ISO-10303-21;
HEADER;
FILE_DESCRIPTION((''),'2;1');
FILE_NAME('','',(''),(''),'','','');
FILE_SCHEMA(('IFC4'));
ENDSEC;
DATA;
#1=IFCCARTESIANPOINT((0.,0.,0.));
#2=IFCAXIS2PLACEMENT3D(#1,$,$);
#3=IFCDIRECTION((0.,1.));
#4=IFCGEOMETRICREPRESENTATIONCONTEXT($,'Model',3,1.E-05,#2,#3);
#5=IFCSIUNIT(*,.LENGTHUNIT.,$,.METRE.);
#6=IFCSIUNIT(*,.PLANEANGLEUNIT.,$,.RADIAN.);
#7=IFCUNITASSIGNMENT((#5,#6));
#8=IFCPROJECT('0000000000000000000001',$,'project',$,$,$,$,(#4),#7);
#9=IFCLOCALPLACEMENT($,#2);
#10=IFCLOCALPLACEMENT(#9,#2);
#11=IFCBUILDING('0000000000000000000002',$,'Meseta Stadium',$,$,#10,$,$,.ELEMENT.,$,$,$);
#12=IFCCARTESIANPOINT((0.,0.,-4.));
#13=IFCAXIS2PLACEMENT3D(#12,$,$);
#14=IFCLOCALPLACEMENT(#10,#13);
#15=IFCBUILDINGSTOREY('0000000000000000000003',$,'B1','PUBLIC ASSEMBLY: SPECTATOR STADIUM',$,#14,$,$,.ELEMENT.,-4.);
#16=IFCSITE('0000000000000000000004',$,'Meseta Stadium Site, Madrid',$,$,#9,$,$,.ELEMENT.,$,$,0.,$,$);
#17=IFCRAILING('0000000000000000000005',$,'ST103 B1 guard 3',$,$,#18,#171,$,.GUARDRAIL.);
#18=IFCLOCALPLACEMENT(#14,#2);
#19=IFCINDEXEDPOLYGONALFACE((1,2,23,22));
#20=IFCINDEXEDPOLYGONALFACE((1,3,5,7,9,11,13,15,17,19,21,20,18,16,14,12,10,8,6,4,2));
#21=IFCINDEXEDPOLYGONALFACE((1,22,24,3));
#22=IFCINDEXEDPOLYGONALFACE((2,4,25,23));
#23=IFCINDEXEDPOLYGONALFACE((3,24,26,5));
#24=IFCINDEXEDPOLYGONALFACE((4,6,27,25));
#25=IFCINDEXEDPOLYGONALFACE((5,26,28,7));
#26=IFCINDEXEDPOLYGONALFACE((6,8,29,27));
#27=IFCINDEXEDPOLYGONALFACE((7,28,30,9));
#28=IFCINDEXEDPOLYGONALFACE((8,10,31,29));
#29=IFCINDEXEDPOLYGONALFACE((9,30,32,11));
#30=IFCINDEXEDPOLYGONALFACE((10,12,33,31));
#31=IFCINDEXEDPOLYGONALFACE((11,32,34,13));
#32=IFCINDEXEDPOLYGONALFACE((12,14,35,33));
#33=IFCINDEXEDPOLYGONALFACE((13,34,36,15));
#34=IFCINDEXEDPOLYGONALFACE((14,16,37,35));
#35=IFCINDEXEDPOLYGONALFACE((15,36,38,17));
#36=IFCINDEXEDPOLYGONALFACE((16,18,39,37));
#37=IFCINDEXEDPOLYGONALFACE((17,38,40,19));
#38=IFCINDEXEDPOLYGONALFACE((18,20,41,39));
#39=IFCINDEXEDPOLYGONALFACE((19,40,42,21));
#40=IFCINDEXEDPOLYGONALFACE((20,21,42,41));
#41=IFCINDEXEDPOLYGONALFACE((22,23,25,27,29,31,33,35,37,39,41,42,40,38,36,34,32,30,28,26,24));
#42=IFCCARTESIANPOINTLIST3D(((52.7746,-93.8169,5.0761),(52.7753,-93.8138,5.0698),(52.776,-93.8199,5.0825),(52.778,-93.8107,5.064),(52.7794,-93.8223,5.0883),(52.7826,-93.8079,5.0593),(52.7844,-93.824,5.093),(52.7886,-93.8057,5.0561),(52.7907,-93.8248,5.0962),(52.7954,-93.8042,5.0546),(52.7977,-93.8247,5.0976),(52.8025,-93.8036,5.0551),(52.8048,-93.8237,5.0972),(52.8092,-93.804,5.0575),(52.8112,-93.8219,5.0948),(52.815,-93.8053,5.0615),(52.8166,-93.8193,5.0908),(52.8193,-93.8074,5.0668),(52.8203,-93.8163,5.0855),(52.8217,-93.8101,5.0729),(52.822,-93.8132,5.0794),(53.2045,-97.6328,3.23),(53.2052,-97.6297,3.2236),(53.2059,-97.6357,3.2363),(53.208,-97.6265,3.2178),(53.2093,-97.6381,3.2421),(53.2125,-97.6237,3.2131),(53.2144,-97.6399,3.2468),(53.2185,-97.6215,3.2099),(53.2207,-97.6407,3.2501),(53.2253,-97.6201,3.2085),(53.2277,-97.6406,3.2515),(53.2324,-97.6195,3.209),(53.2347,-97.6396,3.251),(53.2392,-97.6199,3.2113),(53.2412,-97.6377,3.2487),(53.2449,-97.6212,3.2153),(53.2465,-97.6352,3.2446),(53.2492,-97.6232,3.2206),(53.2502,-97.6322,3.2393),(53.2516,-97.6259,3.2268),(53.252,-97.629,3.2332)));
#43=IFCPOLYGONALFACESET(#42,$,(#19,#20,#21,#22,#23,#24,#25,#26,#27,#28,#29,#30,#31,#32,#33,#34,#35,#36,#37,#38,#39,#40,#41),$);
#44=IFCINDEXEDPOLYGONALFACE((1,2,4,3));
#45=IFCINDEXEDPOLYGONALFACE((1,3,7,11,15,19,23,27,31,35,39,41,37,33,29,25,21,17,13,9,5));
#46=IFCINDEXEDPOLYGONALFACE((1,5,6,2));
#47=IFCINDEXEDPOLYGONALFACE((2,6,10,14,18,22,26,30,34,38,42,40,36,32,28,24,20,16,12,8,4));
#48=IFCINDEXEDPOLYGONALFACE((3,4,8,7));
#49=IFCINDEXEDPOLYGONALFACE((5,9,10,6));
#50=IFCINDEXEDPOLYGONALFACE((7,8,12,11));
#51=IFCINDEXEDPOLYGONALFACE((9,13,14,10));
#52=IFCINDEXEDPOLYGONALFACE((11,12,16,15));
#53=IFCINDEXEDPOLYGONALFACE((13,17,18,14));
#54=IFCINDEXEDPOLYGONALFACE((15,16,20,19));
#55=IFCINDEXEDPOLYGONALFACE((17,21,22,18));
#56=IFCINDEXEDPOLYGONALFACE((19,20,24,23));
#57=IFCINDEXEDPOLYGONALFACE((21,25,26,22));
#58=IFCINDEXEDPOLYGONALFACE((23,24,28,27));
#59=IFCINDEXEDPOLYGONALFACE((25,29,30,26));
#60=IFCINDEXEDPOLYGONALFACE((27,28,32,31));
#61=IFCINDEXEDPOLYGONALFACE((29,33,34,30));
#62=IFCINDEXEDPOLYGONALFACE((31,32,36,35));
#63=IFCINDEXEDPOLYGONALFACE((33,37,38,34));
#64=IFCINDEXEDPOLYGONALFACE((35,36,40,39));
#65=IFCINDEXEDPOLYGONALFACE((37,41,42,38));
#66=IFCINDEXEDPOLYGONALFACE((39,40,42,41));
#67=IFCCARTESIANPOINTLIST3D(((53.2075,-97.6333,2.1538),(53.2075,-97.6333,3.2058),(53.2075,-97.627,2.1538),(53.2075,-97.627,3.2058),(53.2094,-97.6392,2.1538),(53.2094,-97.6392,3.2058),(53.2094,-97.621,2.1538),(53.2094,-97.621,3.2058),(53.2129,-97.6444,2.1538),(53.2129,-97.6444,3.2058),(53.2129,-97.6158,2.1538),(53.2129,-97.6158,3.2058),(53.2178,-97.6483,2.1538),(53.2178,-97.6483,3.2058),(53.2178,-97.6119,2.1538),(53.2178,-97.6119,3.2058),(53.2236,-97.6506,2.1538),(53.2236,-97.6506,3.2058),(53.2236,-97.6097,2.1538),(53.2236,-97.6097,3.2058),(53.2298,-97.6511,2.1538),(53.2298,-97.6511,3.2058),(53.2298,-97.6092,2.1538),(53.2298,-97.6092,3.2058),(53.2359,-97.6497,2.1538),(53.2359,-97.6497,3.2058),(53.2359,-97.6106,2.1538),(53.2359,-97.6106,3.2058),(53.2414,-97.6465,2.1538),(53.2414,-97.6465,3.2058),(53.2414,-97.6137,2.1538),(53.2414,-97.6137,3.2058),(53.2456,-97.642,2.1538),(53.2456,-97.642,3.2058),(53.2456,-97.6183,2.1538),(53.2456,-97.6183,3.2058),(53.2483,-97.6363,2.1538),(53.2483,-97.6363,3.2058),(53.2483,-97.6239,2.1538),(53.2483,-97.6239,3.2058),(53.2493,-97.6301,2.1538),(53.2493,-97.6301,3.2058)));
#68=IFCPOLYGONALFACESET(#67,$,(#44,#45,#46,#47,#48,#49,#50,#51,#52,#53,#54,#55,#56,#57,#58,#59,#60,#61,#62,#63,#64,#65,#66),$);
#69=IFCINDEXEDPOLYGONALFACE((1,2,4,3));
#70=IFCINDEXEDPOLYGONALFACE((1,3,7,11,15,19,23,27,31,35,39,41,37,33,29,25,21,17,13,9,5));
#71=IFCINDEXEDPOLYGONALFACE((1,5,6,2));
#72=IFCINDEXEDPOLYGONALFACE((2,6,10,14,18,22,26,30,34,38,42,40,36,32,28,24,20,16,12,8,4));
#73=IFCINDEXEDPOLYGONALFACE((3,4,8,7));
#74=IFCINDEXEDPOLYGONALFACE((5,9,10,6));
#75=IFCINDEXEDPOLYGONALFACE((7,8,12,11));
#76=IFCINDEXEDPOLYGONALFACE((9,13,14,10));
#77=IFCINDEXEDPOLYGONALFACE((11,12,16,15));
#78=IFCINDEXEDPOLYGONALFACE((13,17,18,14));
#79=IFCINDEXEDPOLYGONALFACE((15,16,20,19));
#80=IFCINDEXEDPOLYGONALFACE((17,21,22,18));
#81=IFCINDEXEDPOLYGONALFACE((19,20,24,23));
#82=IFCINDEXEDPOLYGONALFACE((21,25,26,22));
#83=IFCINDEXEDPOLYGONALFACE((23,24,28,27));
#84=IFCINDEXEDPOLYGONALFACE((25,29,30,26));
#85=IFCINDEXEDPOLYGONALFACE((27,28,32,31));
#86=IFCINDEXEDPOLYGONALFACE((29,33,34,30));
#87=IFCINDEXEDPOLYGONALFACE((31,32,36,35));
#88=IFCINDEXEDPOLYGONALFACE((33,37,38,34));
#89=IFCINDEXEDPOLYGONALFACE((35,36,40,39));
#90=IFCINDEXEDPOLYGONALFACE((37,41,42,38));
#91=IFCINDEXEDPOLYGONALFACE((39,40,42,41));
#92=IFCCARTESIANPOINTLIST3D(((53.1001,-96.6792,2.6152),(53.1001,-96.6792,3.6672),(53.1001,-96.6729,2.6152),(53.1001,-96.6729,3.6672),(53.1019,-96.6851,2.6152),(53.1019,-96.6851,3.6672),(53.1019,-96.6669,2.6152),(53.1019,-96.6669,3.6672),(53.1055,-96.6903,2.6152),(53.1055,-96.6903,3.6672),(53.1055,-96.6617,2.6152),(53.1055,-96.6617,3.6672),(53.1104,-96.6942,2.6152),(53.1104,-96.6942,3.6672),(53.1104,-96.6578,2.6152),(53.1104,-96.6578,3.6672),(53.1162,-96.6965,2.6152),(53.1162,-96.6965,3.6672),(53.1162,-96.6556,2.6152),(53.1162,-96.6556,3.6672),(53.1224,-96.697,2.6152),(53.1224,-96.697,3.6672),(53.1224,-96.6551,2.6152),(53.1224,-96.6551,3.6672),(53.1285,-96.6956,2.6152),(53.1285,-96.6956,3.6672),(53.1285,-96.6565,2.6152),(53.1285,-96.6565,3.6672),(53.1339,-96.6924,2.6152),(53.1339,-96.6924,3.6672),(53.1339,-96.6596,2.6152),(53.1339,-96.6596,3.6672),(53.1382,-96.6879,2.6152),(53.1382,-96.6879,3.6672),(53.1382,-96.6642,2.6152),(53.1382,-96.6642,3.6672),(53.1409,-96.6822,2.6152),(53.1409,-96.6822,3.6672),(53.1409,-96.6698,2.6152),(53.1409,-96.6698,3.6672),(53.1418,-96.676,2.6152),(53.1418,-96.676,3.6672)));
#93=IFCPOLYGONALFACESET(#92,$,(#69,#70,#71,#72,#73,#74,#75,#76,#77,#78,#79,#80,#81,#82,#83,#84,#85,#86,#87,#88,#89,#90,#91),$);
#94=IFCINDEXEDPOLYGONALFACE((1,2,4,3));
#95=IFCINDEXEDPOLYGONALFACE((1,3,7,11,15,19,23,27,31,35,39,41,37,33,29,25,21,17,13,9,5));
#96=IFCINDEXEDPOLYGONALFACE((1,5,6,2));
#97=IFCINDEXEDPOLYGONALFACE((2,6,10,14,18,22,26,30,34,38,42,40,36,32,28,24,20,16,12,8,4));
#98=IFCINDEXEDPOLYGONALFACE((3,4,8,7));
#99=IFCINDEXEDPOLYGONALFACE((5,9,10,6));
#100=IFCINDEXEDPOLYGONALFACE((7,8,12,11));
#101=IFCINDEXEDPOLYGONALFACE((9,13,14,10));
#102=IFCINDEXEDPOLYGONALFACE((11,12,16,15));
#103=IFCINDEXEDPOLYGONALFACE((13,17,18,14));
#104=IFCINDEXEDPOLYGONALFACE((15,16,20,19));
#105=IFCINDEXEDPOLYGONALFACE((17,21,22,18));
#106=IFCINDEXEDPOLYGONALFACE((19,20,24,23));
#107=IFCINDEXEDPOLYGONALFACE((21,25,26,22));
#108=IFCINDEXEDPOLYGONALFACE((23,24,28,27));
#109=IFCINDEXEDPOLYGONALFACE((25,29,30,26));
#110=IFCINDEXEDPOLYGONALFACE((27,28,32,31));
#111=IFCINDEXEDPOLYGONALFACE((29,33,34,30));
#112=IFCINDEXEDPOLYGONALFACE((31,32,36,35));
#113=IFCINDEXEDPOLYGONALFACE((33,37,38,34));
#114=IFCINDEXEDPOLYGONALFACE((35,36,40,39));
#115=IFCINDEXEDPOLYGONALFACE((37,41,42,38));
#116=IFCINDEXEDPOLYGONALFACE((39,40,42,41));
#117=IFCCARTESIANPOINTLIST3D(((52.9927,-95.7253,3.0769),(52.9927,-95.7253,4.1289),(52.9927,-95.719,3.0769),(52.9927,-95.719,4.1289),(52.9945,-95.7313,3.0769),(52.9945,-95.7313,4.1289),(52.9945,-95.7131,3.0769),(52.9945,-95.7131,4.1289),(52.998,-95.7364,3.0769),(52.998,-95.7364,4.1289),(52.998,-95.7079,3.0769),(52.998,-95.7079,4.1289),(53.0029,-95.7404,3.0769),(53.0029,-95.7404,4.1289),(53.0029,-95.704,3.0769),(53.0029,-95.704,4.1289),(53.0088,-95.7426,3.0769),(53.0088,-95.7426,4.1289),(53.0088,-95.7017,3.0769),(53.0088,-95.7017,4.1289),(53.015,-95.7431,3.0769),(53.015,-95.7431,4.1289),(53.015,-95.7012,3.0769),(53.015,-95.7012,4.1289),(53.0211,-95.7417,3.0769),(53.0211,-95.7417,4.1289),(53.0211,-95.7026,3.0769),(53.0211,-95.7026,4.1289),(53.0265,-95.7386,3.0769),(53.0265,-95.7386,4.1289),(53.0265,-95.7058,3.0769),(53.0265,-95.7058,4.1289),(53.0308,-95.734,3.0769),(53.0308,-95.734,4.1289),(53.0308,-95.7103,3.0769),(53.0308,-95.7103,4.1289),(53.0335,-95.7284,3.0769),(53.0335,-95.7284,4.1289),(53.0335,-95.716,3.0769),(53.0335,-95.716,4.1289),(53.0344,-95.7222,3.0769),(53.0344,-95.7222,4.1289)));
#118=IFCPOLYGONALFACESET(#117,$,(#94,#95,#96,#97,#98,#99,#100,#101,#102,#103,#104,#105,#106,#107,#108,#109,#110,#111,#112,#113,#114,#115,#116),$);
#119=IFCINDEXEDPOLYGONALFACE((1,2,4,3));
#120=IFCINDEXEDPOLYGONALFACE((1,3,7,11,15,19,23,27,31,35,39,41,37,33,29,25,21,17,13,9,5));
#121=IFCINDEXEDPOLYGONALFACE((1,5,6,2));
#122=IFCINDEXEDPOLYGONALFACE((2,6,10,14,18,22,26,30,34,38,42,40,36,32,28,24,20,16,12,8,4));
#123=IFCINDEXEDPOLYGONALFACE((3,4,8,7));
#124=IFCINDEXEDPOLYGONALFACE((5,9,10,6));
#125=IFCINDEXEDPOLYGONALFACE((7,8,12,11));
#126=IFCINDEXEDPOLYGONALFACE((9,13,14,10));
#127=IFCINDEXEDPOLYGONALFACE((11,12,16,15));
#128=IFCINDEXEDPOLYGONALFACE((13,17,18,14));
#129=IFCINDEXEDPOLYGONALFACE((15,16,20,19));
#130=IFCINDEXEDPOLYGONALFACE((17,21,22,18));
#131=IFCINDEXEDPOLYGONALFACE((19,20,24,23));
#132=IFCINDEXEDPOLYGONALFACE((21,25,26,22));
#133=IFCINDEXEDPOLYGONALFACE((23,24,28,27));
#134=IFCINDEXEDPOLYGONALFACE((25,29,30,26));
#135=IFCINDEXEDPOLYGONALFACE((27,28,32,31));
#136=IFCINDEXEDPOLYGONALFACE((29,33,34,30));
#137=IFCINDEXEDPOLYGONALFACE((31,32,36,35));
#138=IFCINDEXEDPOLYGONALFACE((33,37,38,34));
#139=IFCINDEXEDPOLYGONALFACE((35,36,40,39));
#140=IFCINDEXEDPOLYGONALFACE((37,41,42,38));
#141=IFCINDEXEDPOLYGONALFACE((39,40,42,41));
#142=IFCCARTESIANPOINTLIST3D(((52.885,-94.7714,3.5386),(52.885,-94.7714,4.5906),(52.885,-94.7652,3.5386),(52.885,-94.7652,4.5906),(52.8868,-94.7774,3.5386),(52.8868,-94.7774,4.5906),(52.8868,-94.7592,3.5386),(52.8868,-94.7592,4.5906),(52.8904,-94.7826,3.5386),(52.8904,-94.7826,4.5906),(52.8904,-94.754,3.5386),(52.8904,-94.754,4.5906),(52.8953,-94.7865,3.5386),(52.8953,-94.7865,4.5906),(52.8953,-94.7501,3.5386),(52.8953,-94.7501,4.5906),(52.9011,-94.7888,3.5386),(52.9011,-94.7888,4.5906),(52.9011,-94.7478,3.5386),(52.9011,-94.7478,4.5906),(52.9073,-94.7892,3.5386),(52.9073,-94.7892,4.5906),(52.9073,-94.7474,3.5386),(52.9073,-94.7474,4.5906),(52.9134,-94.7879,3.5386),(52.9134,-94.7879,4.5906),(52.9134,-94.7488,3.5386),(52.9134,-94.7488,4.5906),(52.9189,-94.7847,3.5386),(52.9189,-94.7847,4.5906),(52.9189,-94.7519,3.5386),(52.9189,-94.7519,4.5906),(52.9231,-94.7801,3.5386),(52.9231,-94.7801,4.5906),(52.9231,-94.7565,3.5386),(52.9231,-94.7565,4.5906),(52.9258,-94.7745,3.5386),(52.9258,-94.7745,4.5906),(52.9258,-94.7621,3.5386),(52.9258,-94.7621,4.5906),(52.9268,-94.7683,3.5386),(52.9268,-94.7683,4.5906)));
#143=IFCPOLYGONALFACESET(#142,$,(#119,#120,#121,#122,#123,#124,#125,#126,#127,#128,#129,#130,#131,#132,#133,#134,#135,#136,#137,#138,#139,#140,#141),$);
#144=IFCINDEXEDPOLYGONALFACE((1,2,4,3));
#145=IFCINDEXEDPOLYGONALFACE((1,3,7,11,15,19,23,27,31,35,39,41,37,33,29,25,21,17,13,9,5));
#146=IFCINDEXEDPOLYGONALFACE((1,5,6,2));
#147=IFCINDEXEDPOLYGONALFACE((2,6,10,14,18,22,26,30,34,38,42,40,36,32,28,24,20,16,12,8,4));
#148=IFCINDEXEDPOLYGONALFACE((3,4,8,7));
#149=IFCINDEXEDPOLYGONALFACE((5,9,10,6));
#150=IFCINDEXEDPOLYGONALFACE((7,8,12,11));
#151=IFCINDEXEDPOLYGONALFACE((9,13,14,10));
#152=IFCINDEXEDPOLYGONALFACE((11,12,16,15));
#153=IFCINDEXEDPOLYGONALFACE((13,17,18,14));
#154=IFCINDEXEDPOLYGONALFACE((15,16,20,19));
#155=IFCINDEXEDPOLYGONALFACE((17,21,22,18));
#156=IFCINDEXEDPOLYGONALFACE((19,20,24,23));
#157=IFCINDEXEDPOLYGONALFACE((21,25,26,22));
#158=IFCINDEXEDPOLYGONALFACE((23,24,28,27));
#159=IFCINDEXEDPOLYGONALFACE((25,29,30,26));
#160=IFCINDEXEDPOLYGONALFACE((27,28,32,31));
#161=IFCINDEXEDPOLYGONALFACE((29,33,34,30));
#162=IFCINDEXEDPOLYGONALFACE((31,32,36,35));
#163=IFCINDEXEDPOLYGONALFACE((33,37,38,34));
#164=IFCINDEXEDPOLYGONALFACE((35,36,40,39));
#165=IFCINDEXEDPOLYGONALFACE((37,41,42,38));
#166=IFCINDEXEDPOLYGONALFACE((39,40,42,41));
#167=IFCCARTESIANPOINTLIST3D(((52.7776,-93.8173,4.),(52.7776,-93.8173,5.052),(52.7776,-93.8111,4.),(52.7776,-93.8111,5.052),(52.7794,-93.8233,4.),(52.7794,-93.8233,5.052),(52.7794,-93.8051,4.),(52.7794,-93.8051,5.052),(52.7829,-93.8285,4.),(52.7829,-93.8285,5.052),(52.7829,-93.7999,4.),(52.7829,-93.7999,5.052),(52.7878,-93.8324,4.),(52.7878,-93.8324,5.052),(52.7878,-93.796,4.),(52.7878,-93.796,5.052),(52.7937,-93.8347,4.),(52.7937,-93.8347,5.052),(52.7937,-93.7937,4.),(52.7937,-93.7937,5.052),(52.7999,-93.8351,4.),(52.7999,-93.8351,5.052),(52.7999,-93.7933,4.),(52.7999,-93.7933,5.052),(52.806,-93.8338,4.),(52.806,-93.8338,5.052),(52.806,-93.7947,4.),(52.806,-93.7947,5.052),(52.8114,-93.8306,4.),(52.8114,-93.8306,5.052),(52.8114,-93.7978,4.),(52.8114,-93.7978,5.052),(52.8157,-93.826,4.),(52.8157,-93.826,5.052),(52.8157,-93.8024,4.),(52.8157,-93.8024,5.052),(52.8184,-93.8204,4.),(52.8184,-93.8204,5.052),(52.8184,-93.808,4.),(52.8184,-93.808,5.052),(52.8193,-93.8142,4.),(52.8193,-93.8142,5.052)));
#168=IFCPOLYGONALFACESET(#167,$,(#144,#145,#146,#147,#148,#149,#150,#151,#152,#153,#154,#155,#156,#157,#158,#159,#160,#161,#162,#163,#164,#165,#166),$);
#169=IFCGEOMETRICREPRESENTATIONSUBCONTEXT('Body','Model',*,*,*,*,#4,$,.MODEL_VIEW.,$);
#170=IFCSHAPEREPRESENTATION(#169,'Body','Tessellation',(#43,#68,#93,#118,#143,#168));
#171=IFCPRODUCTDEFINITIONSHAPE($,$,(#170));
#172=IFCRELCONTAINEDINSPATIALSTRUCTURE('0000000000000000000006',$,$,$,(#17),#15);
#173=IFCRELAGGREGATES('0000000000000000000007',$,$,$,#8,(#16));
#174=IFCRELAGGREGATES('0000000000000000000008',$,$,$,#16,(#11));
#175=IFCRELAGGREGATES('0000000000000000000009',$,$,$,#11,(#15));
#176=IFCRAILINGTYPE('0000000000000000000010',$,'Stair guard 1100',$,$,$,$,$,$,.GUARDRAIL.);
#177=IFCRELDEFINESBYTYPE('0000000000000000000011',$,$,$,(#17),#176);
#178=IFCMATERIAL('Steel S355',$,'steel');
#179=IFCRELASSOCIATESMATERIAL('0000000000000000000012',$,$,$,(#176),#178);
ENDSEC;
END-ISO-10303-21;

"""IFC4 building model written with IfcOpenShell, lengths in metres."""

from ifc_helpers import new_model, si_unit, direction, frame, origin, origin_2d, place, context, subcontext, project, spatial, circle, extrude, material, type_object, element, save


model = new_model("IFC4")

# Units and contexts
model_context = context("Model", 3, precision=1e-05, world=origin(), true_north=direction((0.0, 1.0)))
body_context = subcontext(model_context, "Body", "Model", "MODEL_VIEW")
ifc_project = project(units=[si_unit("LENGTHUNIT", "METRE"), si_unit("PLANEANGLEUNIT", "RADIAN")], contexts=[model_context])

# Site, building, storey
site_placement = place(None, origin())
site = spatial("IfcSite", under=ifc_project, at=site_placement, Name="Meseta Stadium Site, Madrid", CompositionType="ELEMENT", RefElevation=0.0)
building_placement = place(site_placement, origin())
building = spatial("IfcBuilding", under=site, at=building_placement, Name="Meseta Stadium", CompositionType="ELEMENT")
storey_placement = place(building_placement, frame((0.0, 0.0, -4.0)))
storey = spatial("IfcBuildingStorey", under=building, at=storey_placement, Name="B1", Description="PUBLIC ASSEMBLY: SPECTATOR STADIUM", CompositionType="ELEMENT", Elevation=-4.0)

# Railing
ifc_material_1 = material(Name="Steel S355", Category="steel")
railing_type_1 = type_object("IfcRailingType", Name="Stair guard 1100", PredefinedType="GUARDRAIL", material=ifc_material_1)
railing_1_placement = place(storey_placement, frame((53.2283, -97.6301, 2.1538)))
element("IfcRailing", 1, at=railing_1_placement, inside=storey, type_object=railing_type_1, Name="ST103 B1 guard 3", PredefinedType="GUARDRAIL", context=body_context, shape_type="SweptSolid", body=[
    extrude(circle(Radius=0.0239, at=origin_2d()), frame((0.0, 0.0, 1.0762), z_axis=(-0.100904, 0.895585, 0.433296), x_axis=(-0.993713, -0.11196, 0.0)), (0.0, 0.0, 1.0), 4.2607),
    extrude(circle(Radius=0.021, at=origin_2d()), origin(), (0.0, 0.0, 1.0), 1.052),
    extrude(circle(Radius=0.021, at=origin_2d()), frame((-0.1074, 0.9541, 0.4614)), (0.0, 0.0, 1.0), 1.052),
    extrude(circle(Radius=0.021, at=origin_2d()), frame((-0.2148, 1.908, 0.9231)), (0.0, 0.0, 1.0), 1.052),
    extrude(circle(Radius=0.021, at=origin_2d()), frame((-0.3225, 2.8618, 1.3848)), (0.0, 0.0, 1.0), 1.052),
    extrude(circle(Radius=0.021, at=origin_2d()), frame((-0.4299, 3.8159, 1.8462)), (0.0, 0.0, 1.0), 1.052),
])

save(model, "model.ifc")
